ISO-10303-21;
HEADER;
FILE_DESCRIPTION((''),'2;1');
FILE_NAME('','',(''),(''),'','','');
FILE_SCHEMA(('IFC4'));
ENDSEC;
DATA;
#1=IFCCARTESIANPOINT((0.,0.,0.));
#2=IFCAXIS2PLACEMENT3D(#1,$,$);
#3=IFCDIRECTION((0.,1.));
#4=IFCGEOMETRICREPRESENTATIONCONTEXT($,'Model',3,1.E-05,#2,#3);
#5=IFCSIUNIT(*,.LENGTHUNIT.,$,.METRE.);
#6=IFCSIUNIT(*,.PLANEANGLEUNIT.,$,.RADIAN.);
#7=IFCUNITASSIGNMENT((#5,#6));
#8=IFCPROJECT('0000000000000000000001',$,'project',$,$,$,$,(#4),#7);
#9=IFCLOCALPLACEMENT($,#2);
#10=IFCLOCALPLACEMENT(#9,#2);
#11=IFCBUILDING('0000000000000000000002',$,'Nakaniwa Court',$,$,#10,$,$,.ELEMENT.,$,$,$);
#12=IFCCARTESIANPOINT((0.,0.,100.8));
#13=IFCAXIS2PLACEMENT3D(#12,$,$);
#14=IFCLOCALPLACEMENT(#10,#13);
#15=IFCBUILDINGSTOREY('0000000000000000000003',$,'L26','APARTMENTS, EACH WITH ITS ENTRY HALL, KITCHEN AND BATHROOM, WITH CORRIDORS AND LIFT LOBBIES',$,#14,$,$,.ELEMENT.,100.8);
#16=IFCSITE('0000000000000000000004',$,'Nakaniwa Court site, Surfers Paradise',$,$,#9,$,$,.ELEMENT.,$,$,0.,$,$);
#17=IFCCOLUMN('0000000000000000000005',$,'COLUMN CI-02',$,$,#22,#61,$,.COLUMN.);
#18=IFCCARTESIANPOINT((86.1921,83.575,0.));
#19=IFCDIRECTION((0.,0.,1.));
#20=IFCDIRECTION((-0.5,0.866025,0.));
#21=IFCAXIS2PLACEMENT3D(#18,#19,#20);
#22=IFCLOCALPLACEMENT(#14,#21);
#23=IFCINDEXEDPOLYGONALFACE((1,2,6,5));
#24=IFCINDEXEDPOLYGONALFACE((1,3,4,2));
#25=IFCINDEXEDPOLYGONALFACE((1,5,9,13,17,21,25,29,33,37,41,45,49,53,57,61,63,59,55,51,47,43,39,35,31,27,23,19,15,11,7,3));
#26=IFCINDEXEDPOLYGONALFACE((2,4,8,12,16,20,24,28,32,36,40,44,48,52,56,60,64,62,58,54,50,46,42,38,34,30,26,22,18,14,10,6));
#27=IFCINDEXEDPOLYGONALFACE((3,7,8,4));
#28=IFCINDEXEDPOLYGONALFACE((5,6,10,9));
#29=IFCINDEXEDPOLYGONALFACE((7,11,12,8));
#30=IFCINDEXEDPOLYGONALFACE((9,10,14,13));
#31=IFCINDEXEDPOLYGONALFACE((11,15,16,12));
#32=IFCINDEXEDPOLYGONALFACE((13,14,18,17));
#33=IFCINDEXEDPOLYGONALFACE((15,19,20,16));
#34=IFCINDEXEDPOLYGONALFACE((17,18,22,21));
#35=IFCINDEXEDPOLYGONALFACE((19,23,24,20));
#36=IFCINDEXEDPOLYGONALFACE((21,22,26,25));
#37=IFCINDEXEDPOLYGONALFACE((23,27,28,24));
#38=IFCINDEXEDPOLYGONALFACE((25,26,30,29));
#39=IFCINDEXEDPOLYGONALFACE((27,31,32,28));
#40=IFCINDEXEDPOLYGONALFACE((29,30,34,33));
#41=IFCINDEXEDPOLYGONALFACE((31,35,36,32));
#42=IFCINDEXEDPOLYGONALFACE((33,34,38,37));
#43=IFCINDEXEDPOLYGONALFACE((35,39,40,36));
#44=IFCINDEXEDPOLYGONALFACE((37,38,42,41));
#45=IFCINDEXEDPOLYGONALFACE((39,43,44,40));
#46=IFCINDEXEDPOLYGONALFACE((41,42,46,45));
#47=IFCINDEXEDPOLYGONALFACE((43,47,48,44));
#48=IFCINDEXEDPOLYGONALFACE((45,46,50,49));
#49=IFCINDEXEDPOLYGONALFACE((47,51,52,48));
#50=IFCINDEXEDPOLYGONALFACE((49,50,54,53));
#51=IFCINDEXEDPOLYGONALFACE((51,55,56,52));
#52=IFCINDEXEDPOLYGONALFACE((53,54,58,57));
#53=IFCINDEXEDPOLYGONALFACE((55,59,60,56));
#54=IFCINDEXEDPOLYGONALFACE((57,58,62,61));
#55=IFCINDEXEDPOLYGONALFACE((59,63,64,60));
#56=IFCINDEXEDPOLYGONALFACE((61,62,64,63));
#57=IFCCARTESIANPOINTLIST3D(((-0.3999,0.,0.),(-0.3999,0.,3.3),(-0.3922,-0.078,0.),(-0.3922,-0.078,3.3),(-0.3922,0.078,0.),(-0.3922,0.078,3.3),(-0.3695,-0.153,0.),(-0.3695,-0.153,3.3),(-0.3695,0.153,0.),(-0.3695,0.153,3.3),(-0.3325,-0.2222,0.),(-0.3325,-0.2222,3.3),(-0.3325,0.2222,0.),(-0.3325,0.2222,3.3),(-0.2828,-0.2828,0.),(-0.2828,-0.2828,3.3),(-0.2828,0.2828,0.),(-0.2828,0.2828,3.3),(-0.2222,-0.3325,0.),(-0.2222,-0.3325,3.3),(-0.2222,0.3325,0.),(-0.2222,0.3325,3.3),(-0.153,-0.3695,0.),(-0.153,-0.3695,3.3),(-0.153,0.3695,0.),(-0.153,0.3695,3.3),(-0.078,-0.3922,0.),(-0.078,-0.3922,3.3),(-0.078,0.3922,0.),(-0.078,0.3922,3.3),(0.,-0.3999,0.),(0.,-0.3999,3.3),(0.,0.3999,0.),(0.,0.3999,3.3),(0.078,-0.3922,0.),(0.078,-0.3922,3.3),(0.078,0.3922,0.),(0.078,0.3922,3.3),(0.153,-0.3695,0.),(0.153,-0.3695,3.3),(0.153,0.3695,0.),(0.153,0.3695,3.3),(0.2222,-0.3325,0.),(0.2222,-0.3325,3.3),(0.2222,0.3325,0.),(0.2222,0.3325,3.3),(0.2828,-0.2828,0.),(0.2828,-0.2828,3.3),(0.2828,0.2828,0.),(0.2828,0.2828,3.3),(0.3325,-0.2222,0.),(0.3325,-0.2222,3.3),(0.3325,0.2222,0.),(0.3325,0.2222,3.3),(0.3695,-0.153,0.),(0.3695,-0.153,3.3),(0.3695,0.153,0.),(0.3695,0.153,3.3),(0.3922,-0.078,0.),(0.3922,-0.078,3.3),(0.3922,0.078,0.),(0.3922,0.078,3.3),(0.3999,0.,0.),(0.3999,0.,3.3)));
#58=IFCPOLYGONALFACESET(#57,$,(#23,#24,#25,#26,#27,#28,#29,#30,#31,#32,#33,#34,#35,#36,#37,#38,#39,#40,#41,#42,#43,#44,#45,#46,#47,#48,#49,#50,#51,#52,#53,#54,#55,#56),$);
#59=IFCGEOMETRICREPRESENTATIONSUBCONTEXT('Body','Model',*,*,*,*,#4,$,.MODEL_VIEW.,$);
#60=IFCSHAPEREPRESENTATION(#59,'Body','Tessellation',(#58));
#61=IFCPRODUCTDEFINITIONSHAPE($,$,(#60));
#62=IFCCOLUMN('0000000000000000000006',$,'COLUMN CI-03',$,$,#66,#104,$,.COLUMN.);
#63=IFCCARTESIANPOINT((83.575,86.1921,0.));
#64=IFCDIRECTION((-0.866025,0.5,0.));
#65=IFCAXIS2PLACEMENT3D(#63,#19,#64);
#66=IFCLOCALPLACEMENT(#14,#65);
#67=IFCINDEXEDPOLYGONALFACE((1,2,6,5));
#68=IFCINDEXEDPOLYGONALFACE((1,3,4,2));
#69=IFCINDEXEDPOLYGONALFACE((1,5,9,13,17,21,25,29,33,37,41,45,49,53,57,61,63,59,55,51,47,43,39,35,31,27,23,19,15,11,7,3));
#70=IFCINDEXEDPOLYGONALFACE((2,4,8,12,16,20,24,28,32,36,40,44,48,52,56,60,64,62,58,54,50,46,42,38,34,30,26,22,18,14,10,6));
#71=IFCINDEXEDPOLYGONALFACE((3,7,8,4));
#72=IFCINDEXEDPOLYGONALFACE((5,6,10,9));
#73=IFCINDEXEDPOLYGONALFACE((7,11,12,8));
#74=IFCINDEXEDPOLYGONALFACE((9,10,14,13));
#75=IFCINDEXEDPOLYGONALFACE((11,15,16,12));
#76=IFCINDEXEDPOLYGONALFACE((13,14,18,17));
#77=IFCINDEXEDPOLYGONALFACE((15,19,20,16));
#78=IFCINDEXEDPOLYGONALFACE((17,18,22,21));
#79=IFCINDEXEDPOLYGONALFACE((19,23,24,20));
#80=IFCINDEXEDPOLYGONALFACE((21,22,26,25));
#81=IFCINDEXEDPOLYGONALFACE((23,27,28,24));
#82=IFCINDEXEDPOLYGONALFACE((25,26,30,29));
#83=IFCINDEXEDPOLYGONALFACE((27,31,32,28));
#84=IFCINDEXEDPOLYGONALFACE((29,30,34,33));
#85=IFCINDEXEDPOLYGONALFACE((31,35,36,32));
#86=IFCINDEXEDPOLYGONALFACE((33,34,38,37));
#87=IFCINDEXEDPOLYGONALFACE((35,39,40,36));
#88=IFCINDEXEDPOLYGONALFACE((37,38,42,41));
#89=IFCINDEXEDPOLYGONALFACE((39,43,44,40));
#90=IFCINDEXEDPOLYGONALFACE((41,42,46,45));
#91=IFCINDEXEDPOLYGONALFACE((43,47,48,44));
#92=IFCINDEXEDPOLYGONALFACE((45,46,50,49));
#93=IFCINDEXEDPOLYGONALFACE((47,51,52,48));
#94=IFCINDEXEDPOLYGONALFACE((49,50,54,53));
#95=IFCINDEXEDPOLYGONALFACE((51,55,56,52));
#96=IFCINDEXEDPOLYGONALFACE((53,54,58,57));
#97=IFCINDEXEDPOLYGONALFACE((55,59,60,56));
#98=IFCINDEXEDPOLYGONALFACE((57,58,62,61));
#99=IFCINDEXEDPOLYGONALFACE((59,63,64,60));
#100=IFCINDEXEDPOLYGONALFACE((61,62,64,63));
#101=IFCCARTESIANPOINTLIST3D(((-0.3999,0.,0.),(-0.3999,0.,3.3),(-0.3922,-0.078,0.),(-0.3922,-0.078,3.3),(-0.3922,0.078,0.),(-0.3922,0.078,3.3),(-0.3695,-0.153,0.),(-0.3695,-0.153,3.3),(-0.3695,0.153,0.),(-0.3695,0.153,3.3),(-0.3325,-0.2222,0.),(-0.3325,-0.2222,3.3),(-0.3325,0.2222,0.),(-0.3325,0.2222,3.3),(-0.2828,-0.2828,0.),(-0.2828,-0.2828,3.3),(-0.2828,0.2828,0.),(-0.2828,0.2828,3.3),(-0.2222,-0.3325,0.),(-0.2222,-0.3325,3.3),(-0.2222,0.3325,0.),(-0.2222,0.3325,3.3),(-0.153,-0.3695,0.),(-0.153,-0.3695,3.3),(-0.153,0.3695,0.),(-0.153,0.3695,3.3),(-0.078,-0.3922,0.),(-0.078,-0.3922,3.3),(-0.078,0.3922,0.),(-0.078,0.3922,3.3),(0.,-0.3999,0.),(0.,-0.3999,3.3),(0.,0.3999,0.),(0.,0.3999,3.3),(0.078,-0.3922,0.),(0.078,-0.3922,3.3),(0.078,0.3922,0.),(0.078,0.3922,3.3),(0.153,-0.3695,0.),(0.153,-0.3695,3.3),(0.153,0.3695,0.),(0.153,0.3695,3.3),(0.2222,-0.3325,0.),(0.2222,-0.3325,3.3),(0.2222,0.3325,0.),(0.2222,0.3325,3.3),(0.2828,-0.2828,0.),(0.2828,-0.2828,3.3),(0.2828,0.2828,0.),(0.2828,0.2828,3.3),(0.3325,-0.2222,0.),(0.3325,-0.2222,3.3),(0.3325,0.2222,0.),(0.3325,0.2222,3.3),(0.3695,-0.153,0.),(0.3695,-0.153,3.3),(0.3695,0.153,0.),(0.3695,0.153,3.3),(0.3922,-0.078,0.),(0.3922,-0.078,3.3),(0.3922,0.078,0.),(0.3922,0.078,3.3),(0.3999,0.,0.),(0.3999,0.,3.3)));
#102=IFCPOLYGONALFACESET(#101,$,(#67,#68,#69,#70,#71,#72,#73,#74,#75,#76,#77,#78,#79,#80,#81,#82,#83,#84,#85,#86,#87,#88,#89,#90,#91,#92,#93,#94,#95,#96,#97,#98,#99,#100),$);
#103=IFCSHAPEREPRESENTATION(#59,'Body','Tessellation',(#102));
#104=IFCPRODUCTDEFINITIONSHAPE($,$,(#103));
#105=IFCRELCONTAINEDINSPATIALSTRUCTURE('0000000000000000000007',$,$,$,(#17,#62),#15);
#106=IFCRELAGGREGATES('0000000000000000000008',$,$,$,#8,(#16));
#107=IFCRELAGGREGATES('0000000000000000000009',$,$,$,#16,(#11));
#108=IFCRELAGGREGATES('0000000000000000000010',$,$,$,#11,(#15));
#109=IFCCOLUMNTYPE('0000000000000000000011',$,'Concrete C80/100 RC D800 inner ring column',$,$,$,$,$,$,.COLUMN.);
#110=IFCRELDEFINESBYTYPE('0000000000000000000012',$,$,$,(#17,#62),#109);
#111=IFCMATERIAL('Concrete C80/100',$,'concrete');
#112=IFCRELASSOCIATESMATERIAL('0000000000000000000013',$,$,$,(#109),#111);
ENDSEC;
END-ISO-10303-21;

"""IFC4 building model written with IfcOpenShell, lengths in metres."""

from ifc_helpers import new_model, si_unit, direction, frame, origin, origin_2d, place, context, subcontext, project, spatial, circle, extrude, material, material_profile, profile_set, type_object, element, save


model = new_model("IFC4")

# Units and contexts
model_context = context("Model", 3, precision=1e-05, world=origin(), true_north=direction((0.0, 1.0)))
body_context = subcontext(model_context, "Body", "Model", "MODEL_VIEW")
ifc_project = project(units=[si_unit("LENGTHUNIT", "METRE"), si_unit("PLANEANGLEUNIT", "RADIAN")], contexts=[model_context])

# Site, building, storey
site_placement = place(None, origin())
site = spatial("IfcSite", under=ifc_project, at=site_placement, Name="Nakaniwa Court site, Surfers Paradise", CompositionType="ELEMENT", RefElevation=0.0)
building_placement = place(site_placement, origin())
building = spatial("IfcBuilding", under=site, at=building_placement, Name="Nakaniwa Court", CompositionType="ELEMENT")
storey_placement = place(building_placement, frame((0.0, 0.0, 100.8)))
storey = spatial("IfcBuildingStorey", under=building, at=storey_placement, Name="L26", Description="APARTMENTS, EACH WITH ITS ENTRY HALL, KITCHEN AND BATHROOM, WITH CORRIDORS AND LIFT LOBBIES", CompositionType="ELEMENT", Elevation=100.8)

# Columns
ifc_material_1 = material(Name="Concrete C80/100", Category="concrete")
ifc_material_profile_1 = material_profile(ifc_material_1, circle(Radius=0.3999, at=origin_2d()), Name="Concrete C80/100 RC D800 inner ring column")
ifc_profile_set_1 = profile_set([ifc_material_profile_1], Name="Concrete C80/100")
column_type = type_object("IfcColumnType", Name="Concrete C80/100 RC D800 inner ring column", PredefinedType="COLUMN", material=ifc_profile_set_1)
for number, where, z_axis, x_axis, name in (
    (1, (86.1921, 83.575, 0.0), (0.0, 0.0, 1.0), (-0.5, 0.866025, 0.0), "COLUMN CI-02"),
    (2, (83.575, 86.1921, 0.0), (0.0, 0.0, 1.0), (-0.866025, 0.5, 0.0), "COLUMN CI-03"),
):
    element("IfcColumn", number, at=place(storey_placement, frame(where, z_axis=z_axis, x_axis=x_axis)), inside=storey, type_object=column_type, Name=name, PredefinedType="COLUMN", context=body_context, shape_type="SweptSolid", body=[
        extrude(circle(Radius=0.3999, at=origin_2d()), origin(), (0.0, 0.0, 1.0), 3.3),
    ])

save(model, "model.ifc")
